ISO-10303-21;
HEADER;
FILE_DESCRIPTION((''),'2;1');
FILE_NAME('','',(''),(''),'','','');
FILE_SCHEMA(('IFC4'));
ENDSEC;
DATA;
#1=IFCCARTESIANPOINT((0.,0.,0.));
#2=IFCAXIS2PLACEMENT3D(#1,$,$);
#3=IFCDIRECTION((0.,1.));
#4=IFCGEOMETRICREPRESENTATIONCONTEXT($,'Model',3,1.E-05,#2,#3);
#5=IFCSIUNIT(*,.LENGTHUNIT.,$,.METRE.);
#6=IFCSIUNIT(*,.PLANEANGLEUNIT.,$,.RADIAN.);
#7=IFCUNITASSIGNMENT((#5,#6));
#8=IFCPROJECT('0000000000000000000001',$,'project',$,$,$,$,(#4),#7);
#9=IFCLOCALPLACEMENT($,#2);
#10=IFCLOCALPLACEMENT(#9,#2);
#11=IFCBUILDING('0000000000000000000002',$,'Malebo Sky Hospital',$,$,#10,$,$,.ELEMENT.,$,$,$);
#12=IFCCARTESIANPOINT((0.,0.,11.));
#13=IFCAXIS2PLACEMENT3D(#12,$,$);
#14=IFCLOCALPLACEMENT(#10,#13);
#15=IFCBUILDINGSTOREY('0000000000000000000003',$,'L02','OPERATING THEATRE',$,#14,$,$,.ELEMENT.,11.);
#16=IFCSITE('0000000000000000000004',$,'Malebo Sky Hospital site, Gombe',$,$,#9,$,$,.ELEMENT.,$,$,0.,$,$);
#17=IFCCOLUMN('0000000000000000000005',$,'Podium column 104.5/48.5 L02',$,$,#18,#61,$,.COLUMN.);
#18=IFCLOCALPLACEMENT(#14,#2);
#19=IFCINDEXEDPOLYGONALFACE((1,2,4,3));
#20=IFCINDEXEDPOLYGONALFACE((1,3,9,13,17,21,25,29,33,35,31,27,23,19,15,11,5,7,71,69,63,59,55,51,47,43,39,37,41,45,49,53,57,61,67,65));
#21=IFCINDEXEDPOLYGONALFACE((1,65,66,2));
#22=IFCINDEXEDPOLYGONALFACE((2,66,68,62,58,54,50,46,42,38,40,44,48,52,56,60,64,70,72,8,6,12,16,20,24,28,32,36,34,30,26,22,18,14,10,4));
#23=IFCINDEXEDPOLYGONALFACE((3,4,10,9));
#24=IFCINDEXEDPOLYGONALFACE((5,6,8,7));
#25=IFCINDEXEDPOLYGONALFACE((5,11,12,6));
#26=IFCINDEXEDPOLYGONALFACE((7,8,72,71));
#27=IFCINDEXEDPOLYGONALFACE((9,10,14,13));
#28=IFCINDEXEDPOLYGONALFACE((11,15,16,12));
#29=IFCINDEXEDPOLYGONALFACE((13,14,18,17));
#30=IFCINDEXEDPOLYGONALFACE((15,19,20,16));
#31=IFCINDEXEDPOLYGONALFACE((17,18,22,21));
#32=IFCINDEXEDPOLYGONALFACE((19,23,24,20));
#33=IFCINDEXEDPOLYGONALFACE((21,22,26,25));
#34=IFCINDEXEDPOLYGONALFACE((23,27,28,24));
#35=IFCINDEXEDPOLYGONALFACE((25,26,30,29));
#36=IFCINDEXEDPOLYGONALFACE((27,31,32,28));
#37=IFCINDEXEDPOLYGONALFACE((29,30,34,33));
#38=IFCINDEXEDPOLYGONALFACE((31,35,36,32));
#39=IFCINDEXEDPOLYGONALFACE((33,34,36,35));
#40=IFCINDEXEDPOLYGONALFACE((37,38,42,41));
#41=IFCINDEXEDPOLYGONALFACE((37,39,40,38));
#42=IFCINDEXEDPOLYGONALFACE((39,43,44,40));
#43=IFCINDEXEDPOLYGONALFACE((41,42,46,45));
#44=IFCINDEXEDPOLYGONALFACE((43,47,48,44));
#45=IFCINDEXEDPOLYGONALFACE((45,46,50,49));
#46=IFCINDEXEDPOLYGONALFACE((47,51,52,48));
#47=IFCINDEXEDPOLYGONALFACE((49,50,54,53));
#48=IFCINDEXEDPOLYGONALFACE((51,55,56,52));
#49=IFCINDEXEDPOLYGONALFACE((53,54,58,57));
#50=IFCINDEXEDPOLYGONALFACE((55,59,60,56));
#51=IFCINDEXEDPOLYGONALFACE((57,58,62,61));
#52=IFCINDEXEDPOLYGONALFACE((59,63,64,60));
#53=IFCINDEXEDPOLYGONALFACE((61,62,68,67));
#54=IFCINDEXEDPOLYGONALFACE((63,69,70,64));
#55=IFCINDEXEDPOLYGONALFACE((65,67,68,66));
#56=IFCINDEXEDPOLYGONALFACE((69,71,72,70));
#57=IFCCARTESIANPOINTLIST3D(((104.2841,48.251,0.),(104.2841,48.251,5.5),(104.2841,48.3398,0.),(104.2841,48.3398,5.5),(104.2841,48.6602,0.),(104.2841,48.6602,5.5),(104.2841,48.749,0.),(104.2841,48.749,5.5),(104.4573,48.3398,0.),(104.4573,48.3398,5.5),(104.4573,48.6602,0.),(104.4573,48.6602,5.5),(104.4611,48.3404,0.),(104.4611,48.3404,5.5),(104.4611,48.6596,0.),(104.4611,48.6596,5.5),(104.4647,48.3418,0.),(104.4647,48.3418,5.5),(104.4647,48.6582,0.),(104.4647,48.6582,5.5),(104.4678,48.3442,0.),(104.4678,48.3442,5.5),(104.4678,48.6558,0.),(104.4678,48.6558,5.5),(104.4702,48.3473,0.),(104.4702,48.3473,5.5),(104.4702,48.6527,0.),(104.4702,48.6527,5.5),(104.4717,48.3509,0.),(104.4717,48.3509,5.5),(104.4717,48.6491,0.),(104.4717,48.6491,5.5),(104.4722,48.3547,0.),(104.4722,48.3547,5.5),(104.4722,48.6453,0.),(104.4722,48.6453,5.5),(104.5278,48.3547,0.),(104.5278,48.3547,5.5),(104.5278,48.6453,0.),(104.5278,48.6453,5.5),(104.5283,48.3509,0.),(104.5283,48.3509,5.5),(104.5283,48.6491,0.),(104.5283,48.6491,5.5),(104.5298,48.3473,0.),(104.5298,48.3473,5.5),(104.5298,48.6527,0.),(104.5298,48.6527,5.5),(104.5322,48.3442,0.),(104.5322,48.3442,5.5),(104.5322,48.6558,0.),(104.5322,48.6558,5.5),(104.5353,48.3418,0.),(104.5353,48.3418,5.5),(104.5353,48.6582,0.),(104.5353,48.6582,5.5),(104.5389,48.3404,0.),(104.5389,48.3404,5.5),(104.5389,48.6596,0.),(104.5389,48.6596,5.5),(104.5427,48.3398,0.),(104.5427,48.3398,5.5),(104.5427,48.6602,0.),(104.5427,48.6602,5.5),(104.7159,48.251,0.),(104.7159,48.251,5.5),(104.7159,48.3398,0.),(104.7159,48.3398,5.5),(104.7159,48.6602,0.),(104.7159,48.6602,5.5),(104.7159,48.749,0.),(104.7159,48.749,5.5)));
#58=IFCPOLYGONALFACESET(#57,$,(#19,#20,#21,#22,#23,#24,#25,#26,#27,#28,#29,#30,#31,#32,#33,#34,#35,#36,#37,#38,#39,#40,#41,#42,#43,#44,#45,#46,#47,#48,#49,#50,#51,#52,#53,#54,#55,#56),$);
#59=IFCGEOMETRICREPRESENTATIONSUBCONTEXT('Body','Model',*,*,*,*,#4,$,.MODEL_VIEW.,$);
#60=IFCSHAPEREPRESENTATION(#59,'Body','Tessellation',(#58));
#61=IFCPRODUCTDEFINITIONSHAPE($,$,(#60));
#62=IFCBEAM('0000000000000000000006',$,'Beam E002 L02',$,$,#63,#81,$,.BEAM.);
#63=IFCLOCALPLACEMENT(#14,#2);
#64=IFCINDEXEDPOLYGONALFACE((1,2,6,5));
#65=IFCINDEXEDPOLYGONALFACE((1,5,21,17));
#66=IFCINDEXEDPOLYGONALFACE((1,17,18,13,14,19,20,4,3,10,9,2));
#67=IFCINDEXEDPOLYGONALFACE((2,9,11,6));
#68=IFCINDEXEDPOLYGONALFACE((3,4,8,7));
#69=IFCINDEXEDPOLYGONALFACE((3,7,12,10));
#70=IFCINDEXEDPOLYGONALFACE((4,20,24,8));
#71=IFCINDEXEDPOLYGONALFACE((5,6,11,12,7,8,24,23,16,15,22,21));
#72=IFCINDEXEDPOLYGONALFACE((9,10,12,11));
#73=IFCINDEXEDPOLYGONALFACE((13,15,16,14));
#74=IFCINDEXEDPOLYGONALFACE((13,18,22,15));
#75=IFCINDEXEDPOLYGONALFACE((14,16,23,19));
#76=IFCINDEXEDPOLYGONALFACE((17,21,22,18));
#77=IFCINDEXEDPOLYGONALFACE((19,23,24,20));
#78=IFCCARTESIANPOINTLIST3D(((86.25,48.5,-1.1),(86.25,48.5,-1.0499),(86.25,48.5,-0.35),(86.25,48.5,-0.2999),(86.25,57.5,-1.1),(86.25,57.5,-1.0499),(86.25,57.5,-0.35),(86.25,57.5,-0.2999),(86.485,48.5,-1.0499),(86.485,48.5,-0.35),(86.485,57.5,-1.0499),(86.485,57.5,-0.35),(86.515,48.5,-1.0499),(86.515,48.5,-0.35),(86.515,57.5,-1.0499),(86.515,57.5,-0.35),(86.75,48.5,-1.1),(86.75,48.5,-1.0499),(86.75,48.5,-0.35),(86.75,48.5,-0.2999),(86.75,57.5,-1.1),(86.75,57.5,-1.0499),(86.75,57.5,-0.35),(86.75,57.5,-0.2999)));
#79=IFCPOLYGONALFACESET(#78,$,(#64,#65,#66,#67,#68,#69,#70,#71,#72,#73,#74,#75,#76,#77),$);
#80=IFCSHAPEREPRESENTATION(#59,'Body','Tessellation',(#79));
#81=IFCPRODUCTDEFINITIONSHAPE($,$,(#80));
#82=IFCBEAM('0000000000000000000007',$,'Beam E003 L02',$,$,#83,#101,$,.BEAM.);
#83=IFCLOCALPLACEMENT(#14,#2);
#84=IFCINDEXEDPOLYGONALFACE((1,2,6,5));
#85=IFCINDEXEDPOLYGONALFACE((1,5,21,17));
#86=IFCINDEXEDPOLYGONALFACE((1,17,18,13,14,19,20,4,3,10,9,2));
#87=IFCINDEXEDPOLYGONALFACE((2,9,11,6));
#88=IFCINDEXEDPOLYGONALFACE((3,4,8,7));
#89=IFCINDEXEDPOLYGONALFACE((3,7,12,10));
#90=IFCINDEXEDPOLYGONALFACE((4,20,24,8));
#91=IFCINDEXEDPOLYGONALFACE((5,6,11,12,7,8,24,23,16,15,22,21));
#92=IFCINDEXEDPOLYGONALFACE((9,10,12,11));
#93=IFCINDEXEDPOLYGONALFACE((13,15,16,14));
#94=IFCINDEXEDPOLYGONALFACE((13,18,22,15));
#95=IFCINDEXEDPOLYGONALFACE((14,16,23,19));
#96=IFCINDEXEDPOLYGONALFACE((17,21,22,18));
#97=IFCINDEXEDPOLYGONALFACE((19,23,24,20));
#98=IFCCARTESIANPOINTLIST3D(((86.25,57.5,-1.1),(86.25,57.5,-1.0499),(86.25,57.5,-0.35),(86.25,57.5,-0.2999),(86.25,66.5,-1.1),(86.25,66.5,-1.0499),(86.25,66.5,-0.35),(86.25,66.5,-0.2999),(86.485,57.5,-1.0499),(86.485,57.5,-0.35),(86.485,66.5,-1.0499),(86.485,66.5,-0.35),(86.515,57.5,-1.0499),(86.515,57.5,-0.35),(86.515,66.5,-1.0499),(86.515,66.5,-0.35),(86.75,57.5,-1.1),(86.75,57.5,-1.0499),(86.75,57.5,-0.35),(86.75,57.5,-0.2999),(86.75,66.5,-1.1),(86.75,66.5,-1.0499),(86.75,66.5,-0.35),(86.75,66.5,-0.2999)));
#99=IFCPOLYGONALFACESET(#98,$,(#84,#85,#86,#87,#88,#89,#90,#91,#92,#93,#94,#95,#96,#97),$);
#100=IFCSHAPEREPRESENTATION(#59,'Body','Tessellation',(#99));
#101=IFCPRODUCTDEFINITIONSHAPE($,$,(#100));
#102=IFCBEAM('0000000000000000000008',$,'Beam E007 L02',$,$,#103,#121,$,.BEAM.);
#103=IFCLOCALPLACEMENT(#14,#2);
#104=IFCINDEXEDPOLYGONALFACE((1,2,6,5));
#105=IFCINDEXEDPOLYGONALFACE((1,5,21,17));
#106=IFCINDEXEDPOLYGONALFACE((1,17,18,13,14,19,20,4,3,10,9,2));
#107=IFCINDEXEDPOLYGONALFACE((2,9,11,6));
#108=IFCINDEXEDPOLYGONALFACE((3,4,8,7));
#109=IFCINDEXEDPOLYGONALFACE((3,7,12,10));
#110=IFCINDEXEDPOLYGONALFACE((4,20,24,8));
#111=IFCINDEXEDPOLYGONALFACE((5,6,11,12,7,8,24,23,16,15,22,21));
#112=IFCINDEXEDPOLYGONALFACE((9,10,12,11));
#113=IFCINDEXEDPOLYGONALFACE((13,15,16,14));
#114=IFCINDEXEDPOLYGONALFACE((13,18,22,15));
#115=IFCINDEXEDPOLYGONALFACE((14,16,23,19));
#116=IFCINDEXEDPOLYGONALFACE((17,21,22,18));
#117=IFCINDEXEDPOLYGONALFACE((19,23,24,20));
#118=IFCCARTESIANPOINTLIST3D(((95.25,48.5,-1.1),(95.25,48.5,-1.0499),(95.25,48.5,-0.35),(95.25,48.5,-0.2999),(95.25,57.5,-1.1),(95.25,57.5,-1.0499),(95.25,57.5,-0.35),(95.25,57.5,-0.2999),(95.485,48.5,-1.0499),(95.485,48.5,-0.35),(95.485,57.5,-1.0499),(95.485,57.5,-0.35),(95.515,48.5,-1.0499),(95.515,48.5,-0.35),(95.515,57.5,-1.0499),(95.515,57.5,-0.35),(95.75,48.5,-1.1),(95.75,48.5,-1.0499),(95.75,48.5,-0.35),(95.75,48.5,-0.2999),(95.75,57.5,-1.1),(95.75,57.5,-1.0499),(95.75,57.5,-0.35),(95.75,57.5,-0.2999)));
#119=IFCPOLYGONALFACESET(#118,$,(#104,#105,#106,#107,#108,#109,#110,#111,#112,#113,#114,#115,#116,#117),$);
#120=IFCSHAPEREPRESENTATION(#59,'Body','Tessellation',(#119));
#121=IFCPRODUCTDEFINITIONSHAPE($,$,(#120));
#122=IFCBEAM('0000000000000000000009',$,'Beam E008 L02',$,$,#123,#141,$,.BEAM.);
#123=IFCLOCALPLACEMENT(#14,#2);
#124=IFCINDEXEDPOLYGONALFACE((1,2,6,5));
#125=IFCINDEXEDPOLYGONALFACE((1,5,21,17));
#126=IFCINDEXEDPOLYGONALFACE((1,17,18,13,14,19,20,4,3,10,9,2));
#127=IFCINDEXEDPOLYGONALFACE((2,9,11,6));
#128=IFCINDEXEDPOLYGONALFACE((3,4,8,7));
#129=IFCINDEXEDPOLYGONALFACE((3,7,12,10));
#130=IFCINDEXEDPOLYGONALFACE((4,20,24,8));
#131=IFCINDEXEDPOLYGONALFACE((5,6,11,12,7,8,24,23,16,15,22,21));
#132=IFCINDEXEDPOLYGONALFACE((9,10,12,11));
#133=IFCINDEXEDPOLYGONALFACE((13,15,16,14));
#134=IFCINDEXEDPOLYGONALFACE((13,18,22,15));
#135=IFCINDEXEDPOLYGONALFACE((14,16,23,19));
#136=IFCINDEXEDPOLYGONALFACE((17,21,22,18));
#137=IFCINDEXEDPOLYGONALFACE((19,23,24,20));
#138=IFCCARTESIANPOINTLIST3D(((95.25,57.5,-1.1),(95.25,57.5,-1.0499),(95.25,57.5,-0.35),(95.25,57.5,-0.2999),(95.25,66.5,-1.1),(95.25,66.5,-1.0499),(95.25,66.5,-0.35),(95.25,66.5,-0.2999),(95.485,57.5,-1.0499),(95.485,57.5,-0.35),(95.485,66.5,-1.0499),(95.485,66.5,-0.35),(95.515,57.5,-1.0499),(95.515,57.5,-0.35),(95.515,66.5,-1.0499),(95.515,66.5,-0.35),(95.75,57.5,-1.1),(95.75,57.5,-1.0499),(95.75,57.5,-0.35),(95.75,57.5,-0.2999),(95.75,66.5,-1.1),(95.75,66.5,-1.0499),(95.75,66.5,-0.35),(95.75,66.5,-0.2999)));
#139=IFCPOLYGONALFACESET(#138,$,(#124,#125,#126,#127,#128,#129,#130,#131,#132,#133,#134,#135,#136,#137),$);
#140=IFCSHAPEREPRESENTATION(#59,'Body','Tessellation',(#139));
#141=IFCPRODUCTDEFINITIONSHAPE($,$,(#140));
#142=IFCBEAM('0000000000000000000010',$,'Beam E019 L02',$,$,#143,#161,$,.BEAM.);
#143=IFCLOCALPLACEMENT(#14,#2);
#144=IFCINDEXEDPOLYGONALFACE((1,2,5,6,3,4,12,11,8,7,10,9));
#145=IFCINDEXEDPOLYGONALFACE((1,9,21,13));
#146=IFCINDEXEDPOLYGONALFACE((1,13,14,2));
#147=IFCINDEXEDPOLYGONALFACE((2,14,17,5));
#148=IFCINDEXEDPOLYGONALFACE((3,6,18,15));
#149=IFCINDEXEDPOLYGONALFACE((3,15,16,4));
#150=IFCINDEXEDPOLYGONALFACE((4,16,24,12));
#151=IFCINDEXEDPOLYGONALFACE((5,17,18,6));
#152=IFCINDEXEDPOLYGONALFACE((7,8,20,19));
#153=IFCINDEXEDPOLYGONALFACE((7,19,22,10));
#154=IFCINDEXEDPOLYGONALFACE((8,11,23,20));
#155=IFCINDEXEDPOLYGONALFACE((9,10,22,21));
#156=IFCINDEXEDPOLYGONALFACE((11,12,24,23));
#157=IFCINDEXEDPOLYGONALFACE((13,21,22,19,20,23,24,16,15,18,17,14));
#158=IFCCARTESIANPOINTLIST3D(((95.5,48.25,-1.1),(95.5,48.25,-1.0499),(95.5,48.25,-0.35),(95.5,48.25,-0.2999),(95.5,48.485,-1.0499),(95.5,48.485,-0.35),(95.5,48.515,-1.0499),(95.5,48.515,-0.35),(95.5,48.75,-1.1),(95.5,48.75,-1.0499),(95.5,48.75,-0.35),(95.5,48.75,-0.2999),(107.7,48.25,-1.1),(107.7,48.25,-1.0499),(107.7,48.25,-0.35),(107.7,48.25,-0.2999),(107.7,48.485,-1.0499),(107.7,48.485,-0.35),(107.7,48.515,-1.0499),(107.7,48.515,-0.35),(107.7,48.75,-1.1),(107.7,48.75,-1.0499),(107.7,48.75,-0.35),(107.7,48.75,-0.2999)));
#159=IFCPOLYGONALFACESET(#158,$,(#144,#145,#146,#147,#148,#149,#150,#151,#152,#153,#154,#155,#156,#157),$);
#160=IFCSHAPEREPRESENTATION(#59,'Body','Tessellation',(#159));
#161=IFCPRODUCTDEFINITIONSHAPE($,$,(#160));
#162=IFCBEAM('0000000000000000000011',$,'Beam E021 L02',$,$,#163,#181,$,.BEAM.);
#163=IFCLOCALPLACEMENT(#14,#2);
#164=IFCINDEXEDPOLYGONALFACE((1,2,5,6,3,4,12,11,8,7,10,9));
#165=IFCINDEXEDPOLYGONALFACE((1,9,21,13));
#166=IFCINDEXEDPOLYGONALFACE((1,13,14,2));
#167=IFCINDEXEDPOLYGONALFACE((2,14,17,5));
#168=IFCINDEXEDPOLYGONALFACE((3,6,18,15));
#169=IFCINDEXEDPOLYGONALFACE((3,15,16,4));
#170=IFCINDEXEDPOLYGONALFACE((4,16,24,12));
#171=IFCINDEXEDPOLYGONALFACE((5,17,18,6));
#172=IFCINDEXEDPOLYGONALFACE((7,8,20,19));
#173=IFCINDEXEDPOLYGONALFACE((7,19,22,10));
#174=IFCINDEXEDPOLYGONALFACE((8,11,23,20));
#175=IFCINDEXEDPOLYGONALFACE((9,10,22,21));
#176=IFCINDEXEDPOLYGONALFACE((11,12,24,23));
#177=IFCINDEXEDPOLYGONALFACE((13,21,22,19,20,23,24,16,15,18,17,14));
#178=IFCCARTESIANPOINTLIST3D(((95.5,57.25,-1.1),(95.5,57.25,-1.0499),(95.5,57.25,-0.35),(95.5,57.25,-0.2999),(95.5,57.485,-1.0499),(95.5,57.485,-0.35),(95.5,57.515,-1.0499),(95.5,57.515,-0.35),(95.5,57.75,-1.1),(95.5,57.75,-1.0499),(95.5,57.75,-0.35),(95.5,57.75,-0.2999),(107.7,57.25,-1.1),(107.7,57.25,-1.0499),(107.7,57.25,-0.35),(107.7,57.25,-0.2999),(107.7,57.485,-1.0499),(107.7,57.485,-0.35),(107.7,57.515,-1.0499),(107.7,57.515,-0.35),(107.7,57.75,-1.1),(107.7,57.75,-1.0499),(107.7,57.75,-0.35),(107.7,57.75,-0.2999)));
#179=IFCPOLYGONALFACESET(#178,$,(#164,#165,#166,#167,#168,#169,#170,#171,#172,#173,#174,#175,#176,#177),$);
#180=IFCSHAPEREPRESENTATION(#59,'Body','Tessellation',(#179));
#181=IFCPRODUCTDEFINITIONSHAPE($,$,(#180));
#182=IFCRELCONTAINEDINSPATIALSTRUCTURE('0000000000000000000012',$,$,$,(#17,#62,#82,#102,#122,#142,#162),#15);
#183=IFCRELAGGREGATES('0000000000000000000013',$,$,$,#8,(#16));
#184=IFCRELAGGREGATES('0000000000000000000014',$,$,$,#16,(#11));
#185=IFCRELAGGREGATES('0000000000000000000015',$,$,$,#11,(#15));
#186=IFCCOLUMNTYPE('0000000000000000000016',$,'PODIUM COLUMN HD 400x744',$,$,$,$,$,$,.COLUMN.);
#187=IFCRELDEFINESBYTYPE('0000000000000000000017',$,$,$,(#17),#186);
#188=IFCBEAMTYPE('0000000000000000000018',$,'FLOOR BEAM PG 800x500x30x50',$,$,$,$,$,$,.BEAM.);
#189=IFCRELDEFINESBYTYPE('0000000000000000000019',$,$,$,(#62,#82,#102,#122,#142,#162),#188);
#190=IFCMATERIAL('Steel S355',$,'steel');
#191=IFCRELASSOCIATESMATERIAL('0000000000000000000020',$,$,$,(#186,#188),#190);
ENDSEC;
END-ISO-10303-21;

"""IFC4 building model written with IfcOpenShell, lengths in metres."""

from ifc_helpers import new_model, si_unit, direction, frame, origin, origin_2d, place, context, subcontext, project, spatial, i_section, extrude, material, material_profile, profile_set, type_object, element, save


model = new_model("IFC4")

# Units and contexts
model_context = context("Model", 3, precision=1e-05, world=origin(), true_north=direction((0.0, 1.0)))
body_context = subcontext(model_context, "Body", "Model", "MODEL_VIEW")
ifc_project = project(units=[si_unit("LENGTHUNIT", "METRE"), si_unit("PLANEANGLEUNIT", "RADIAN")], contexts=[model_context])

# Site, building, storey
site_placement = place(None, origin())
site = spatial("IfcSite", under=ifc_project, at=site_placement, Name="Malebo Sky Hospital site, Gombe", CompositionType="ELEMENT", RefElevation=0.0)
building_placement = place(site_placement, origin())
building = spatial("IfcBuilding", under=site, at=building_placement, Name="Malebo Sky Hospital", CompositionType="ELEMENT")
storey_placement = place(building_placement, frame((0.0, 0.0, 11.0)))
storey = spatial("IfcBuildingStorey", under=building, at=storey_placement, Name="L02", Description="OPERATING THEATRE", CompositionType="ELEMENT", Elevation=11.0)

# Column
ifc_material_1 = material(Name="Steel S355", Category="steel")
ifc_material_profile_1 = material_profile(ifc_material_1, i_section(OverallWidth=0.4319, OverallDepth=0.498, WebThickness=0.0557, FlangeThickness=0.0889, FilletRadius=0.0149, at=origin_2d()), Name="HD 400x744")
ifc_profile_set_1 = profile_set([ifc_material_profile_1], Name="Steel S355")
column_type = type_object("IfcColumnType", Name="PODIUM COLUMN HD 400x744", PredefinedType="COLUMN", material=ifc_profile_set_1)
for number, where, z_axis, x_axis, name in (
    (1, (104.5, 48.5, 0.0), (0.0, 0.0, 1.0), (1.0, 0.0, 0.0), "Podium column 104.5/48.5 L02"),
):
    element("IfcColumn", number, at=place(storey_placement, frame(where, z_axis=z_axis, x_axis=x_axis)), inside=storey, type_object=column_type, Name=name, PredefinedType="COLUMN", context=body_context, shape_type="SweptSolid", body=[
        extrude(i_section(OverallWidth=0.4319, OverallDepth=0.498, WebThickness=0.0557, FlangeThickness=0.0889, FilletRadius=0.0149, at=origin_2d()), origin(), (0.0, 0.0, 1.0), 5.5),
    ])

# Beams
ifc_material_profile_2 = material_profile(ifc_material_1, i_section(OverallWidth=0.5, OverallDepth=0.8, WebThickness=0.03, FlangeThickness=0.05, at=origin_2d()), Name="PG 800x500x30x50")
ifc_profile_set_2 = profile_set([ifc_material_profile_2], Name="Steel S355")
beam_type = type_object("IfcBeamType", Name="FLOOR BEAM PG 800x500x30x50", PredefinedType="BEAM", material=ifc_profile_set_2)
for number, where, z_axis, x_axis, name in (
    (2, (86.5, 48.5, -0.7), (0.0, 1.0, 0.0), (-1.0, 0.0, 0.0), "Beam E002 L02"),
    (3, (86.5, 57.5, -0.7), (0.0, 1.0, 0.0), (-1.0, 0.0, 0.0), "Beam E003 L02"),
    (4, (95.5, 48.5, -0.7), (0.0, 1.0, 0.0), (-1.0, 0.0, 0.0), "Beam E007 L02"),
    (5, (95.5, 57.5, -0.7), (0.0, 1.0, 0.0), (-1.0, 0.0, 0.0), "Beam E008 L02"),
):
    element("IfcBeam", number, at=place(storey_placement, frame(where, z_axis=z_axis, x_axis=x_axis)), inside=storey, type_object=beam_type, Name=name, PredefinedType="BEAM", context=body_context, shape_type="SweptSolid", body=[
        extrude(i_section(OverallWidth=0.5, OverallDepth=0.8, WebThickness=0.03, FlangeThickness=0.05, at=origin_2d()), origin(), (0.0, 0.0, 1.0), 9.0),
    ])
for number, where, z_axis, x_axis, name in (
    (6, (95.5, 48.5, -0.7), (1.0, 0.0, 0.0), (0.0, 1.0, 0.0), "Beam E019 L02"),
    (7, (95.5, 57.5, -0.7), (1.0, 0.0, 0.0), (0.0, 1.0, 0.0), "Beam E021 L02"),
):
    element("IfcBeam", number, at=place(storey_placement, frame(where, z_axis=z_axis, x_axis=x_axis)), inside=storey, type_object=beam_type, Name=name, PredefinedType="BEAM", context=body_context, shape_type="SweptSolid", body=[
        extrude(i_section(OverallWidth=0.5, OverallDepth=0.8, WebThickness=0.03, FlangeThickness=0.05, at=origin_2d()), origin(), (0.0, 0.0, 1.0), 12.2),
    ])

save(model, "model.ifc")
